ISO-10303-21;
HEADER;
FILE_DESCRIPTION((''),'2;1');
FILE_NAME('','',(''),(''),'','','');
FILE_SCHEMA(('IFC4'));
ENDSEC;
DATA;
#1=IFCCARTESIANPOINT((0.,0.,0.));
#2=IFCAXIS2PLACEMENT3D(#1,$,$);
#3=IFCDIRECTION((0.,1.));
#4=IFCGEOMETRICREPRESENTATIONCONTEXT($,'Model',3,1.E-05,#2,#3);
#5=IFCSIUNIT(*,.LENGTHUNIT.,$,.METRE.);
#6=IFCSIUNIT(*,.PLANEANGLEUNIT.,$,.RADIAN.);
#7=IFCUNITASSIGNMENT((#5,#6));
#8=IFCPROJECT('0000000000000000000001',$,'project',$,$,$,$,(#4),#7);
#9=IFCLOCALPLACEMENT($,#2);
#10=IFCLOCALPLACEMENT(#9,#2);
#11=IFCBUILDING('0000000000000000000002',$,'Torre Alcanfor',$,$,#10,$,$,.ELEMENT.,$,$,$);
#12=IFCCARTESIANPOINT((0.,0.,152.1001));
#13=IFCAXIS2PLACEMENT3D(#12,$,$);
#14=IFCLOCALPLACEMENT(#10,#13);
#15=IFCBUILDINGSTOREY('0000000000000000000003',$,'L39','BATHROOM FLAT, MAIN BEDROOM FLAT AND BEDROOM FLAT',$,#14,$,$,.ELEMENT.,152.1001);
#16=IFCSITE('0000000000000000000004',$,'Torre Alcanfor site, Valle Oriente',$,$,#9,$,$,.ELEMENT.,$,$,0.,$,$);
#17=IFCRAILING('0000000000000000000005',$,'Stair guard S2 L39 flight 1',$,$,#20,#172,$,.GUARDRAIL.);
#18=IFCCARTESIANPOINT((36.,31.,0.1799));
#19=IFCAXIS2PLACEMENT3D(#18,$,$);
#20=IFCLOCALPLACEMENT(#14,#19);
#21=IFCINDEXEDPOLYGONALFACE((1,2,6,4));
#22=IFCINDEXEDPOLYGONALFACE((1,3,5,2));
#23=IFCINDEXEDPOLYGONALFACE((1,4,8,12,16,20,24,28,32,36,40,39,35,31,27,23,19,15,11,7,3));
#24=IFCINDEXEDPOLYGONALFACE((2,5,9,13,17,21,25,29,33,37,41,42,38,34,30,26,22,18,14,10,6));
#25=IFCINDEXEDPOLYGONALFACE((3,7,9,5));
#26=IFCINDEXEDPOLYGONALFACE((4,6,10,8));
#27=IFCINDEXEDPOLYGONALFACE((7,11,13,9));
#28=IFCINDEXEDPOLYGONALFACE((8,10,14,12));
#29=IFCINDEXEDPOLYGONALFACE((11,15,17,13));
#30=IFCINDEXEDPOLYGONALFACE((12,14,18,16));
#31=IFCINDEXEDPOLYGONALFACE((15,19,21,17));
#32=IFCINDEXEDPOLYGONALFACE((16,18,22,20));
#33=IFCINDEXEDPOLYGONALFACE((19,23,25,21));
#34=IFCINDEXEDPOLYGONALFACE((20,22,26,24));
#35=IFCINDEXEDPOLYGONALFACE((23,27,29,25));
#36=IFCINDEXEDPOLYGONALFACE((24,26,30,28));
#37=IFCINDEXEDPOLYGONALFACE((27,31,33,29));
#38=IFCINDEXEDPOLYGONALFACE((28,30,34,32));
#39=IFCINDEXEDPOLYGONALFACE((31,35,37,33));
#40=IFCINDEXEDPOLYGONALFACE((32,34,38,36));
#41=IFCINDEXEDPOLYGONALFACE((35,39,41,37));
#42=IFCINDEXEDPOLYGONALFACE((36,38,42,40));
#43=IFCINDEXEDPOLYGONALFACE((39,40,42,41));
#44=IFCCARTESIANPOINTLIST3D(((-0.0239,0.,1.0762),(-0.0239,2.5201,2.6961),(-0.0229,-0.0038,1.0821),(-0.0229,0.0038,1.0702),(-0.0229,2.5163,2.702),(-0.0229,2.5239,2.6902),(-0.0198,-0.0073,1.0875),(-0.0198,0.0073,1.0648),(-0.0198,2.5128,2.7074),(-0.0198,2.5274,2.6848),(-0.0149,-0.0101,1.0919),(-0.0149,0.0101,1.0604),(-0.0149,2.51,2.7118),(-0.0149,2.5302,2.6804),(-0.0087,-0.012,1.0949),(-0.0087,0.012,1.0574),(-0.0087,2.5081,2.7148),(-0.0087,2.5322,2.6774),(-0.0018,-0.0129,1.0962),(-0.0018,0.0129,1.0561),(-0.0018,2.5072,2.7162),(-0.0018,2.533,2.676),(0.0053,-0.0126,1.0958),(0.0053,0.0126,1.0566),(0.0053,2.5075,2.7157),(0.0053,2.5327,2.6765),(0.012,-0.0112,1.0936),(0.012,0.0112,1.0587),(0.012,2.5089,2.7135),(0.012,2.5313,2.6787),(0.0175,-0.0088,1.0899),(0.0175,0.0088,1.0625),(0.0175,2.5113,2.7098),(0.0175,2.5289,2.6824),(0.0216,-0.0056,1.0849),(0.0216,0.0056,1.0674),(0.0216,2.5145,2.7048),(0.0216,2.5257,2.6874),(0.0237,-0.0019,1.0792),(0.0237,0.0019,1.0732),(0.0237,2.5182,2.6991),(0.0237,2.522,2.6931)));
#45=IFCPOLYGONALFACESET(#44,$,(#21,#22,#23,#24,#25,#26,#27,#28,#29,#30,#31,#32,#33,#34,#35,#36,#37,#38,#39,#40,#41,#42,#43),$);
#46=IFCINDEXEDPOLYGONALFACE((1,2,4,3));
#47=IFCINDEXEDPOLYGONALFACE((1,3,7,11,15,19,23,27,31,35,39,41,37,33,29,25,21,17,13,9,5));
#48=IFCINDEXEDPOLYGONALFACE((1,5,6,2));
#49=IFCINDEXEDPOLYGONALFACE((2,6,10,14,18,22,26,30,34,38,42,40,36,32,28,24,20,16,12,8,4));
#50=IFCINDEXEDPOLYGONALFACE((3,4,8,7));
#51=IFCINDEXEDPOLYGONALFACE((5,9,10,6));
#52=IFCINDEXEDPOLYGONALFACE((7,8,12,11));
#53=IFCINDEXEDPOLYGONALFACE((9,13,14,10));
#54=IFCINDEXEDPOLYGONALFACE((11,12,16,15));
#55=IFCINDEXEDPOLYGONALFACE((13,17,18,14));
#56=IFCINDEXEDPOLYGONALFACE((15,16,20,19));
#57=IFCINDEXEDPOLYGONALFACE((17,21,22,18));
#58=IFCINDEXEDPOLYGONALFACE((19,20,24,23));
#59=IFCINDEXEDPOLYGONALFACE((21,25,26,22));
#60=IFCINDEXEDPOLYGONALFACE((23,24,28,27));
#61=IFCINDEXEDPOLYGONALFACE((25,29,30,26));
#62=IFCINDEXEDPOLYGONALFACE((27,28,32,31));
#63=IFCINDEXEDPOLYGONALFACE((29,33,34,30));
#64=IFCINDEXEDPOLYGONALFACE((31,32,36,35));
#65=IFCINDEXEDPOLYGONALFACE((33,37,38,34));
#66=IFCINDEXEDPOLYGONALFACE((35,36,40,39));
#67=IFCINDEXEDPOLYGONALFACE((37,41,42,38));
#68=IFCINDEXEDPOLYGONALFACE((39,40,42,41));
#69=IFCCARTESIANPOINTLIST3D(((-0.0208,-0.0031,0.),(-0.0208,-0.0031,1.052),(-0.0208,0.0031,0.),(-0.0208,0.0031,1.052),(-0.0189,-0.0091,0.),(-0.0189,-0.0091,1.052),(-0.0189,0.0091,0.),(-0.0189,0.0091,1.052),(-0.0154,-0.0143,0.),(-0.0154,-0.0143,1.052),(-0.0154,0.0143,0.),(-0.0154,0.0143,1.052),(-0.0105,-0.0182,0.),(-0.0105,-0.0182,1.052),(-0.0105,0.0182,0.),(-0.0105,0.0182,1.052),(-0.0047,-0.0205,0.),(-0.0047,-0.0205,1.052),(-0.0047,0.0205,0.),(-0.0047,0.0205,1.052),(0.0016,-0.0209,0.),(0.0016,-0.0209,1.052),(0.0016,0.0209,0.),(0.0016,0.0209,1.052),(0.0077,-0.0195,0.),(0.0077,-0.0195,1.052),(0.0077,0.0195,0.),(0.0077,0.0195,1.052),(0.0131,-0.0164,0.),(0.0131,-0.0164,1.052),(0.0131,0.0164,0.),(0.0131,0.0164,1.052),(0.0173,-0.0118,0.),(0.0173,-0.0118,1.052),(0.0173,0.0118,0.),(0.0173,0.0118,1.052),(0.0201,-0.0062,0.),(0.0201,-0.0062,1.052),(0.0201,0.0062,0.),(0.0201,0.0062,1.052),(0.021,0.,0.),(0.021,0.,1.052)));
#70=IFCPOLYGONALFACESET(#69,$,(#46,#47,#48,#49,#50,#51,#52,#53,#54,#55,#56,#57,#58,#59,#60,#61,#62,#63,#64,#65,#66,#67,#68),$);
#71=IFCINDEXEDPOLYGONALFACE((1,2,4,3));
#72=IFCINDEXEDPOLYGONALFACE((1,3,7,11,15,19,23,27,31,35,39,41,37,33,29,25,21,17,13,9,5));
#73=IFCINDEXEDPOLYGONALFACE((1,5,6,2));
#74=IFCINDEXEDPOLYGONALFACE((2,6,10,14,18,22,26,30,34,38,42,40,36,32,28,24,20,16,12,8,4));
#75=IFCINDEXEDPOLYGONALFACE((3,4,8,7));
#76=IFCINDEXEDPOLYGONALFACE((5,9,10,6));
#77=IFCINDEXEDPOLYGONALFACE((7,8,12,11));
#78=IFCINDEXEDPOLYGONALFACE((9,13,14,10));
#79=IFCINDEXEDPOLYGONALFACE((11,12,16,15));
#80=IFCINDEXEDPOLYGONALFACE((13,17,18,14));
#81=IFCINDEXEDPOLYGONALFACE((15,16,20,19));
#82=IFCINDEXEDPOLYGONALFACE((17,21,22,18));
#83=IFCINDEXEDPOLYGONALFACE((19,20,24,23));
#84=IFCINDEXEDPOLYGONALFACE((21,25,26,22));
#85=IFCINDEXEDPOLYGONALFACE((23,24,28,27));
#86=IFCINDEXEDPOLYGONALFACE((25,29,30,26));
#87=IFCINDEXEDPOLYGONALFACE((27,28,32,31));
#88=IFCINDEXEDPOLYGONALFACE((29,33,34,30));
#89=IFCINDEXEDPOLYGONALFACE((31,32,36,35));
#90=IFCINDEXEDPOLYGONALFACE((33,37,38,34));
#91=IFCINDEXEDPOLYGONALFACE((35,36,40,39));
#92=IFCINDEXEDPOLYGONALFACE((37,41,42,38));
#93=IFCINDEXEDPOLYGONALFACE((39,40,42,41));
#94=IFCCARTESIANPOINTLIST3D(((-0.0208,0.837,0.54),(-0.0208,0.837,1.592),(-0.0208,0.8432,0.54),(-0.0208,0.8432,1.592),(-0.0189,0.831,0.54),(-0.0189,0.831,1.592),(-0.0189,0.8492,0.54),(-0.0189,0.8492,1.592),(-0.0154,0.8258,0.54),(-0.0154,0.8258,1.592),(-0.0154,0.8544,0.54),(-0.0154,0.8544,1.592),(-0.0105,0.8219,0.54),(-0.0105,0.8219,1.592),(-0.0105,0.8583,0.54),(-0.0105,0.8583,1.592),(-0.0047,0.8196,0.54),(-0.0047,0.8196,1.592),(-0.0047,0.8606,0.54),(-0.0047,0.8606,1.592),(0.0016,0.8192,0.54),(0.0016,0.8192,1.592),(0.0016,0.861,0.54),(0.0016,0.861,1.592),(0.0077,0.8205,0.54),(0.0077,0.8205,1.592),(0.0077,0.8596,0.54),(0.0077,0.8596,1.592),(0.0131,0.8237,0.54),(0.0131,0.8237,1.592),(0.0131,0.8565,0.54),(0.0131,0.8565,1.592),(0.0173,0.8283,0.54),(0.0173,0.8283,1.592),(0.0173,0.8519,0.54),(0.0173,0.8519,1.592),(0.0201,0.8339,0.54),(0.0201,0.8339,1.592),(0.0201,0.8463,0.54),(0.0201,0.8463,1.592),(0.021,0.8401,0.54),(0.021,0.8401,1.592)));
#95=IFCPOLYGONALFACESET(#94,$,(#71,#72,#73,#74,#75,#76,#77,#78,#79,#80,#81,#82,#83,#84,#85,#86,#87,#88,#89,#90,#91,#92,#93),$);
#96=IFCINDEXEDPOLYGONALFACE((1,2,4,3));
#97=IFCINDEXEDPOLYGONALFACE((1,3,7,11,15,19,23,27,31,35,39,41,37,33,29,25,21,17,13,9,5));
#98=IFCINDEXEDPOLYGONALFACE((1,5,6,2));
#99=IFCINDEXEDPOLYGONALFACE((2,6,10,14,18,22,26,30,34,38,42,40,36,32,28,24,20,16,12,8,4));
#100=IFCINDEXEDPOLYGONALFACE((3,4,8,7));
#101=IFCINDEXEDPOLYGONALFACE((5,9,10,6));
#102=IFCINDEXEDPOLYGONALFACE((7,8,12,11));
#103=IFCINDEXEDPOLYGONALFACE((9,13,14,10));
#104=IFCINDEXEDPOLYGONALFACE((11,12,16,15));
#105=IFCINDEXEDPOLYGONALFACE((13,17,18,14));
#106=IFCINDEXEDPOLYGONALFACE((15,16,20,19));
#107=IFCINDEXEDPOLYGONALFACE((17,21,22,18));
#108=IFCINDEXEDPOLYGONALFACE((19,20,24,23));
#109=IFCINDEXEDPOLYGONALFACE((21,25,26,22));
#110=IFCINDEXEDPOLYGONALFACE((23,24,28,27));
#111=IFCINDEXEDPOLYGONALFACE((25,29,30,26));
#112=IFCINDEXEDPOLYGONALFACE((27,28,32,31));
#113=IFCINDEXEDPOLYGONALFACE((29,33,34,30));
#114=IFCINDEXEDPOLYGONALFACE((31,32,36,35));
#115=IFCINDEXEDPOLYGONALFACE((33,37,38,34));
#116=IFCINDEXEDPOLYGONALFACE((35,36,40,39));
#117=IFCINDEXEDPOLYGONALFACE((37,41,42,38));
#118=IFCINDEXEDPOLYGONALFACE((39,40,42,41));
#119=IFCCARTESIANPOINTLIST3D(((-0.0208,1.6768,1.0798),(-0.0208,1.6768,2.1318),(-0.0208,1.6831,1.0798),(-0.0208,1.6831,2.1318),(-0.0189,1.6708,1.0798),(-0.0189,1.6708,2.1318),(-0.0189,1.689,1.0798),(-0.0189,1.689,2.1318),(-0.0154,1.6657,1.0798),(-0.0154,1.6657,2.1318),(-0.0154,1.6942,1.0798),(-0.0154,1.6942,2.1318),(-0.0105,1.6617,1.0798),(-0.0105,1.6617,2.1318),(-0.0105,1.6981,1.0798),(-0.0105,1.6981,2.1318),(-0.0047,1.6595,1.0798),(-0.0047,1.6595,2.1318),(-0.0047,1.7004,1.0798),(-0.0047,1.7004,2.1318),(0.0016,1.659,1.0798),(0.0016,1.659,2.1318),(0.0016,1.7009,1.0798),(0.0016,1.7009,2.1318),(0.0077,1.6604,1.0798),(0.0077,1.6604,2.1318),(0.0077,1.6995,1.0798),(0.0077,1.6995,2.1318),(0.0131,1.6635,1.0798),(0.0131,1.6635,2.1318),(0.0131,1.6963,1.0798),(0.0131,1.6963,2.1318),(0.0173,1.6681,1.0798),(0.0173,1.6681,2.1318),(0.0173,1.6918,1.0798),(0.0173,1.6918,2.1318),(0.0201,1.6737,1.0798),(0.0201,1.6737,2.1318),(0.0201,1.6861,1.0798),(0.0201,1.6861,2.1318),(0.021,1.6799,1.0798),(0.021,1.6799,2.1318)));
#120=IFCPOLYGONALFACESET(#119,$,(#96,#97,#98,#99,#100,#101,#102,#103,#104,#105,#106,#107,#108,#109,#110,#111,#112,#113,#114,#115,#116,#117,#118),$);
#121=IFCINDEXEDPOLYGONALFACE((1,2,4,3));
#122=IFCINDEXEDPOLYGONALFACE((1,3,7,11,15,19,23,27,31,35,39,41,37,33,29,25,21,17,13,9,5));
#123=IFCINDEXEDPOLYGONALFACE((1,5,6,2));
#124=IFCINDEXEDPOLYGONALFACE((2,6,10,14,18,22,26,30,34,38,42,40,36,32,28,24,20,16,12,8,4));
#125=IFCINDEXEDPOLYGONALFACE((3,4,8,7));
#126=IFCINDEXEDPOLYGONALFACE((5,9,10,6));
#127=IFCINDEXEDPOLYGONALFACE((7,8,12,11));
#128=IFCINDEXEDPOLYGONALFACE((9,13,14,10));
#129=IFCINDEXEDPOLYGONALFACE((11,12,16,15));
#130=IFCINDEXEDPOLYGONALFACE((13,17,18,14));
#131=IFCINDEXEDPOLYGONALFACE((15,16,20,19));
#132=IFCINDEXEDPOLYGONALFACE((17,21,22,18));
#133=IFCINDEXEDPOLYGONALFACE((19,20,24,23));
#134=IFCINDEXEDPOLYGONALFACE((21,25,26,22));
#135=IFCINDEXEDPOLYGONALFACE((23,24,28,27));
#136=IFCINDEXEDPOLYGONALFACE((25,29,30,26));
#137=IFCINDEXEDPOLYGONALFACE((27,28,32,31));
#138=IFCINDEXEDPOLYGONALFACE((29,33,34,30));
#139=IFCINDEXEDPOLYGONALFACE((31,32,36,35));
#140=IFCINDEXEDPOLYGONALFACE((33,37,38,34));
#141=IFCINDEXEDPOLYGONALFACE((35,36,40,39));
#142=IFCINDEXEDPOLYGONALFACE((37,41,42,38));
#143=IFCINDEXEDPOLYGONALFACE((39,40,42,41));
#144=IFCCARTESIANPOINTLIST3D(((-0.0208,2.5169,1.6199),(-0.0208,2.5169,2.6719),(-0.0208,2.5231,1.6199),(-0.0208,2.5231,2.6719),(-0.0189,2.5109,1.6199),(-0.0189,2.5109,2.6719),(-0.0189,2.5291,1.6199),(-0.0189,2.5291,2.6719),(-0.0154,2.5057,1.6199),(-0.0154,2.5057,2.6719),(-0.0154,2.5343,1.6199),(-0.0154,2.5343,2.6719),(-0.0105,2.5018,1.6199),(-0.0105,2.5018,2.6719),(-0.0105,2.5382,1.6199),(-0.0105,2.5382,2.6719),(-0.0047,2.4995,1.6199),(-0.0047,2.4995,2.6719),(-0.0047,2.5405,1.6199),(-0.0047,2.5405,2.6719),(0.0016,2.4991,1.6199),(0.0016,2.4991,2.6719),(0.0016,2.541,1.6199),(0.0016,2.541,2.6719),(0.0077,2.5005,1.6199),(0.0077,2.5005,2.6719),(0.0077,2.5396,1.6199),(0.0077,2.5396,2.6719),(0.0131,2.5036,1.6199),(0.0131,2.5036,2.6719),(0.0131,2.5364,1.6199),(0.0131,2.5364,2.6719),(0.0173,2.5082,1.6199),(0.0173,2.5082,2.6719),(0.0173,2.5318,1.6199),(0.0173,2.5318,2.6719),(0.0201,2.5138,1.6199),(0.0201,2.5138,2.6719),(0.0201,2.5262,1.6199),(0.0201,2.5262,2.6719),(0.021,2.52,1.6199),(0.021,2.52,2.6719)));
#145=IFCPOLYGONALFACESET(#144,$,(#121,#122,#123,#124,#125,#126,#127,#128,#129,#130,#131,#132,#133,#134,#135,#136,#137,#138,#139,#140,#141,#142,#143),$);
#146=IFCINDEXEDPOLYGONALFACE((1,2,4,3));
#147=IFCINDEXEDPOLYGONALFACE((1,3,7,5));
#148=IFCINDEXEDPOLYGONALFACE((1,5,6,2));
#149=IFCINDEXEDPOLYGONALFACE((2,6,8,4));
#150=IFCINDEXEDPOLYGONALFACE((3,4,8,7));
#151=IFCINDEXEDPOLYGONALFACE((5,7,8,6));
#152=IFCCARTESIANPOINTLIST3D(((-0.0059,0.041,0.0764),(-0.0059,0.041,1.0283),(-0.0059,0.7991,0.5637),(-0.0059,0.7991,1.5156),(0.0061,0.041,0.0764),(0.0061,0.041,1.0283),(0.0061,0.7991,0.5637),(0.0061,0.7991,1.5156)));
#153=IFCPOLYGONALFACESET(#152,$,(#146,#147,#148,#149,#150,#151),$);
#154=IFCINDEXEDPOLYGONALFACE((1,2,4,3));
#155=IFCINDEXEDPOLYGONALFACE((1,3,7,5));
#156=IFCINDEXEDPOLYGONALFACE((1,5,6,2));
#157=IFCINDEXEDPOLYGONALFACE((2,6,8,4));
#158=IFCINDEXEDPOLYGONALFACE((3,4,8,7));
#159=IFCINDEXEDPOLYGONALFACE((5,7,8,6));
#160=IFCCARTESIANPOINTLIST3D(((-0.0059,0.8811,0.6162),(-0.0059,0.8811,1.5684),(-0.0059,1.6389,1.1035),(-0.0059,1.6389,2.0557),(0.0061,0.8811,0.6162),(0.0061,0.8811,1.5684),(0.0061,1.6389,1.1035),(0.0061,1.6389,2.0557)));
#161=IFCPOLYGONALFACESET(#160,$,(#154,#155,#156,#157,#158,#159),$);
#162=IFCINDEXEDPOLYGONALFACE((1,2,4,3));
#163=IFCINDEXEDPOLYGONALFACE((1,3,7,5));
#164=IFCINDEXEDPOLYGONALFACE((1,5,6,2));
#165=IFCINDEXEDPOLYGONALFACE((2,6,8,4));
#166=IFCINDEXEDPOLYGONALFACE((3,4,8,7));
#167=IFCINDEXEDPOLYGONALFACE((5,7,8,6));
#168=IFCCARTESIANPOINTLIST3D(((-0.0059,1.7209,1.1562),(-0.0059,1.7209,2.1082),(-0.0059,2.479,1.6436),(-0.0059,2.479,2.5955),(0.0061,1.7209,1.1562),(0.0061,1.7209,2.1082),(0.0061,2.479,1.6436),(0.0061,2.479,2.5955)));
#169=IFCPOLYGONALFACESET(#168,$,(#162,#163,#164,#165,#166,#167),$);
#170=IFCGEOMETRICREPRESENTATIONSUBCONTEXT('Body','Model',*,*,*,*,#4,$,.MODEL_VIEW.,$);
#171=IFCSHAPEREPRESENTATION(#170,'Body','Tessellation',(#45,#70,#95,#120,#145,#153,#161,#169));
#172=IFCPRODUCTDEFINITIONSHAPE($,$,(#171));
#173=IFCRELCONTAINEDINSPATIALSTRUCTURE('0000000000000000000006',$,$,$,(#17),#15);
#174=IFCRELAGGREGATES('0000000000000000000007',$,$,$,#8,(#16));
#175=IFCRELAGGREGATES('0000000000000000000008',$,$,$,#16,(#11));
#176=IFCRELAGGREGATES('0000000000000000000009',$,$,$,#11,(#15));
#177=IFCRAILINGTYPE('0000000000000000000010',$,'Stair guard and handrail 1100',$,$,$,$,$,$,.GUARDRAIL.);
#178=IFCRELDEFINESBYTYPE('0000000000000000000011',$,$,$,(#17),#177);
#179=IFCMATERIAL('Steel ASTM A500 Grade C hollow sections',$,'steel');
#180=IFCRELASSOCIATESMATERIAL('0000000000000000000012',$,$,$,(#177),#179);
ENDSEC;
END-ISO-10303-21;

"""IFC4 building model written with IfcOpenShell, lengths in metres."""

from ifc_helpers import new_model, si_unit, direction, frame, origin, origin_2d, place, context, subcontext, project, spatial, polyline, circle, outline, extrude, material, type_object, element, save


model = new_model("IFC4")

# Units and contexts
model_context = context("Model", 3, precision=1e-05, world=origin(), true_north=direction((0.0, 1.0)))
body_context = subcontext(model_context, "Body", "Model", "MODEL_VIEW")
ifc_project = project(units=[si_unit("LENGTHUNIT", "METRE"), si_unit("PLANEANGLEUNIT", "RADIAN")], contexts=[model_context])

# Site, building, storey
site_placement = place(None, origin())
site = spatial("IfcSite", under=ifc_project, at=site_placement, Name="Torre Alcanfor site, Valle Oriente", CompositionType="ELEMENT", RefElevation=0.0)
building_placement = place(site_placement, origin())
building = spatial("IfcBuilding", under=site, at=building_placement, Name="Torre Alcanfor", CompositionType="ELEMENT")
storey_placement = place(building_placement, frame((0.0, 0.0, 152.1001)))
storey = spatial("IfcBuildingStorey", under=building, at=storey_placement, Name="L39", Description="BATHROOM FLAT, MAIN BEDROOM FLAT AND BEDROOM FLAT", CompositionType="ELEMENT", Elevation=152.1001)

# Railing
ifc_material_1 = material(Name="Steel ASTM A500 Grade C hollow sections", Category="steel")
railing_type_1 = type_object("IfcRailingType", Name="Stair guard and handrail 1100", PredefinedType="GUARDRAIL", material=ifc_material_1)
railing_1_placement = place(storey_placement, frame((36.0, 31.0, 0.1799)))
element("IfcRailing", 1, at=railing_1_placement, inside=storey, type_object=railing_type_1, Name="Stair guard S2 L39 flight 1", PredefinedType="GUARDRAIL", context=body_context, shape_type="SweptSolid", body=[
    extrude(circle(Radius=0.0239, at=origin_2d()), frame((0.0, 0.0, 1.0762), z_axis=(0.0, 0.8412, 0.540725), x_axis=(-1.0, 0.0, 0.0)), (0.0, 0.0, 1.0), 2.9958),
    extrude(circle(Radius=0.021, at=origin_2d()), origin(), (0.0, 0.0, 1.0), 1.052),
    extrude(circle(Radius=0.021, at=origin_2d()), frame((0.0, 0.8401, 0.54)), (0.0, 0.0, 1.0), 1.052),
    extrude(circle(Radius=0.021, at=origin_2d()), frame((0.0, 1.6799, 1.0798)), (0.0, 0.0, 1.0), 1.052),
    extrude(circle(Radius=0.021, at=origin_2d()), frame((0.0, 2.52, 1.6199)), (0.0, 0.0, 1.0), 1.052),
    extrude(outline(polyline([(0.041, 0.0764), (0.7991, 0.5637), (0.7991, 1.5156), (0.041, 1.0283), (0.041, 0.0764)])), frame((-0.0059, 0.0, 0.0), z_axis=(1.0, 0.0, 0.0), x_axis=(0.0, 1.0, 0.0)), (0.0, 0.0, 1.0), 0.012),
    extrude(outline(polyline([(0.8811, 0.6162), (1.6389, 1.1035), (1.6389, 2.0557), (0.8811, 1.5684), (0.8811, 0.6162)])), frame((-0.0059, 0.0, 0.0), z_axis=(1.0, 0.0, 0.0), x_axis=(0.0, 1.0, 0.0)), (0.0, 0.0, 1.0), 0.012),
    extrude(outline(polyline([(1.7209, 1.1562), (2.479, 1.6436), (2.479, 2.5955), (1.7209, 2.1082), (1.7209, 1.1562)])), frame((-0.0059, 0.0, 0.0), z_axis=(1.0, 0.0, 0.0), x_axis=(0.0, 1.0, 0.0)), (0.0, 0.0, 1.0), 0.012),
])

save(model, "model.ifc")
